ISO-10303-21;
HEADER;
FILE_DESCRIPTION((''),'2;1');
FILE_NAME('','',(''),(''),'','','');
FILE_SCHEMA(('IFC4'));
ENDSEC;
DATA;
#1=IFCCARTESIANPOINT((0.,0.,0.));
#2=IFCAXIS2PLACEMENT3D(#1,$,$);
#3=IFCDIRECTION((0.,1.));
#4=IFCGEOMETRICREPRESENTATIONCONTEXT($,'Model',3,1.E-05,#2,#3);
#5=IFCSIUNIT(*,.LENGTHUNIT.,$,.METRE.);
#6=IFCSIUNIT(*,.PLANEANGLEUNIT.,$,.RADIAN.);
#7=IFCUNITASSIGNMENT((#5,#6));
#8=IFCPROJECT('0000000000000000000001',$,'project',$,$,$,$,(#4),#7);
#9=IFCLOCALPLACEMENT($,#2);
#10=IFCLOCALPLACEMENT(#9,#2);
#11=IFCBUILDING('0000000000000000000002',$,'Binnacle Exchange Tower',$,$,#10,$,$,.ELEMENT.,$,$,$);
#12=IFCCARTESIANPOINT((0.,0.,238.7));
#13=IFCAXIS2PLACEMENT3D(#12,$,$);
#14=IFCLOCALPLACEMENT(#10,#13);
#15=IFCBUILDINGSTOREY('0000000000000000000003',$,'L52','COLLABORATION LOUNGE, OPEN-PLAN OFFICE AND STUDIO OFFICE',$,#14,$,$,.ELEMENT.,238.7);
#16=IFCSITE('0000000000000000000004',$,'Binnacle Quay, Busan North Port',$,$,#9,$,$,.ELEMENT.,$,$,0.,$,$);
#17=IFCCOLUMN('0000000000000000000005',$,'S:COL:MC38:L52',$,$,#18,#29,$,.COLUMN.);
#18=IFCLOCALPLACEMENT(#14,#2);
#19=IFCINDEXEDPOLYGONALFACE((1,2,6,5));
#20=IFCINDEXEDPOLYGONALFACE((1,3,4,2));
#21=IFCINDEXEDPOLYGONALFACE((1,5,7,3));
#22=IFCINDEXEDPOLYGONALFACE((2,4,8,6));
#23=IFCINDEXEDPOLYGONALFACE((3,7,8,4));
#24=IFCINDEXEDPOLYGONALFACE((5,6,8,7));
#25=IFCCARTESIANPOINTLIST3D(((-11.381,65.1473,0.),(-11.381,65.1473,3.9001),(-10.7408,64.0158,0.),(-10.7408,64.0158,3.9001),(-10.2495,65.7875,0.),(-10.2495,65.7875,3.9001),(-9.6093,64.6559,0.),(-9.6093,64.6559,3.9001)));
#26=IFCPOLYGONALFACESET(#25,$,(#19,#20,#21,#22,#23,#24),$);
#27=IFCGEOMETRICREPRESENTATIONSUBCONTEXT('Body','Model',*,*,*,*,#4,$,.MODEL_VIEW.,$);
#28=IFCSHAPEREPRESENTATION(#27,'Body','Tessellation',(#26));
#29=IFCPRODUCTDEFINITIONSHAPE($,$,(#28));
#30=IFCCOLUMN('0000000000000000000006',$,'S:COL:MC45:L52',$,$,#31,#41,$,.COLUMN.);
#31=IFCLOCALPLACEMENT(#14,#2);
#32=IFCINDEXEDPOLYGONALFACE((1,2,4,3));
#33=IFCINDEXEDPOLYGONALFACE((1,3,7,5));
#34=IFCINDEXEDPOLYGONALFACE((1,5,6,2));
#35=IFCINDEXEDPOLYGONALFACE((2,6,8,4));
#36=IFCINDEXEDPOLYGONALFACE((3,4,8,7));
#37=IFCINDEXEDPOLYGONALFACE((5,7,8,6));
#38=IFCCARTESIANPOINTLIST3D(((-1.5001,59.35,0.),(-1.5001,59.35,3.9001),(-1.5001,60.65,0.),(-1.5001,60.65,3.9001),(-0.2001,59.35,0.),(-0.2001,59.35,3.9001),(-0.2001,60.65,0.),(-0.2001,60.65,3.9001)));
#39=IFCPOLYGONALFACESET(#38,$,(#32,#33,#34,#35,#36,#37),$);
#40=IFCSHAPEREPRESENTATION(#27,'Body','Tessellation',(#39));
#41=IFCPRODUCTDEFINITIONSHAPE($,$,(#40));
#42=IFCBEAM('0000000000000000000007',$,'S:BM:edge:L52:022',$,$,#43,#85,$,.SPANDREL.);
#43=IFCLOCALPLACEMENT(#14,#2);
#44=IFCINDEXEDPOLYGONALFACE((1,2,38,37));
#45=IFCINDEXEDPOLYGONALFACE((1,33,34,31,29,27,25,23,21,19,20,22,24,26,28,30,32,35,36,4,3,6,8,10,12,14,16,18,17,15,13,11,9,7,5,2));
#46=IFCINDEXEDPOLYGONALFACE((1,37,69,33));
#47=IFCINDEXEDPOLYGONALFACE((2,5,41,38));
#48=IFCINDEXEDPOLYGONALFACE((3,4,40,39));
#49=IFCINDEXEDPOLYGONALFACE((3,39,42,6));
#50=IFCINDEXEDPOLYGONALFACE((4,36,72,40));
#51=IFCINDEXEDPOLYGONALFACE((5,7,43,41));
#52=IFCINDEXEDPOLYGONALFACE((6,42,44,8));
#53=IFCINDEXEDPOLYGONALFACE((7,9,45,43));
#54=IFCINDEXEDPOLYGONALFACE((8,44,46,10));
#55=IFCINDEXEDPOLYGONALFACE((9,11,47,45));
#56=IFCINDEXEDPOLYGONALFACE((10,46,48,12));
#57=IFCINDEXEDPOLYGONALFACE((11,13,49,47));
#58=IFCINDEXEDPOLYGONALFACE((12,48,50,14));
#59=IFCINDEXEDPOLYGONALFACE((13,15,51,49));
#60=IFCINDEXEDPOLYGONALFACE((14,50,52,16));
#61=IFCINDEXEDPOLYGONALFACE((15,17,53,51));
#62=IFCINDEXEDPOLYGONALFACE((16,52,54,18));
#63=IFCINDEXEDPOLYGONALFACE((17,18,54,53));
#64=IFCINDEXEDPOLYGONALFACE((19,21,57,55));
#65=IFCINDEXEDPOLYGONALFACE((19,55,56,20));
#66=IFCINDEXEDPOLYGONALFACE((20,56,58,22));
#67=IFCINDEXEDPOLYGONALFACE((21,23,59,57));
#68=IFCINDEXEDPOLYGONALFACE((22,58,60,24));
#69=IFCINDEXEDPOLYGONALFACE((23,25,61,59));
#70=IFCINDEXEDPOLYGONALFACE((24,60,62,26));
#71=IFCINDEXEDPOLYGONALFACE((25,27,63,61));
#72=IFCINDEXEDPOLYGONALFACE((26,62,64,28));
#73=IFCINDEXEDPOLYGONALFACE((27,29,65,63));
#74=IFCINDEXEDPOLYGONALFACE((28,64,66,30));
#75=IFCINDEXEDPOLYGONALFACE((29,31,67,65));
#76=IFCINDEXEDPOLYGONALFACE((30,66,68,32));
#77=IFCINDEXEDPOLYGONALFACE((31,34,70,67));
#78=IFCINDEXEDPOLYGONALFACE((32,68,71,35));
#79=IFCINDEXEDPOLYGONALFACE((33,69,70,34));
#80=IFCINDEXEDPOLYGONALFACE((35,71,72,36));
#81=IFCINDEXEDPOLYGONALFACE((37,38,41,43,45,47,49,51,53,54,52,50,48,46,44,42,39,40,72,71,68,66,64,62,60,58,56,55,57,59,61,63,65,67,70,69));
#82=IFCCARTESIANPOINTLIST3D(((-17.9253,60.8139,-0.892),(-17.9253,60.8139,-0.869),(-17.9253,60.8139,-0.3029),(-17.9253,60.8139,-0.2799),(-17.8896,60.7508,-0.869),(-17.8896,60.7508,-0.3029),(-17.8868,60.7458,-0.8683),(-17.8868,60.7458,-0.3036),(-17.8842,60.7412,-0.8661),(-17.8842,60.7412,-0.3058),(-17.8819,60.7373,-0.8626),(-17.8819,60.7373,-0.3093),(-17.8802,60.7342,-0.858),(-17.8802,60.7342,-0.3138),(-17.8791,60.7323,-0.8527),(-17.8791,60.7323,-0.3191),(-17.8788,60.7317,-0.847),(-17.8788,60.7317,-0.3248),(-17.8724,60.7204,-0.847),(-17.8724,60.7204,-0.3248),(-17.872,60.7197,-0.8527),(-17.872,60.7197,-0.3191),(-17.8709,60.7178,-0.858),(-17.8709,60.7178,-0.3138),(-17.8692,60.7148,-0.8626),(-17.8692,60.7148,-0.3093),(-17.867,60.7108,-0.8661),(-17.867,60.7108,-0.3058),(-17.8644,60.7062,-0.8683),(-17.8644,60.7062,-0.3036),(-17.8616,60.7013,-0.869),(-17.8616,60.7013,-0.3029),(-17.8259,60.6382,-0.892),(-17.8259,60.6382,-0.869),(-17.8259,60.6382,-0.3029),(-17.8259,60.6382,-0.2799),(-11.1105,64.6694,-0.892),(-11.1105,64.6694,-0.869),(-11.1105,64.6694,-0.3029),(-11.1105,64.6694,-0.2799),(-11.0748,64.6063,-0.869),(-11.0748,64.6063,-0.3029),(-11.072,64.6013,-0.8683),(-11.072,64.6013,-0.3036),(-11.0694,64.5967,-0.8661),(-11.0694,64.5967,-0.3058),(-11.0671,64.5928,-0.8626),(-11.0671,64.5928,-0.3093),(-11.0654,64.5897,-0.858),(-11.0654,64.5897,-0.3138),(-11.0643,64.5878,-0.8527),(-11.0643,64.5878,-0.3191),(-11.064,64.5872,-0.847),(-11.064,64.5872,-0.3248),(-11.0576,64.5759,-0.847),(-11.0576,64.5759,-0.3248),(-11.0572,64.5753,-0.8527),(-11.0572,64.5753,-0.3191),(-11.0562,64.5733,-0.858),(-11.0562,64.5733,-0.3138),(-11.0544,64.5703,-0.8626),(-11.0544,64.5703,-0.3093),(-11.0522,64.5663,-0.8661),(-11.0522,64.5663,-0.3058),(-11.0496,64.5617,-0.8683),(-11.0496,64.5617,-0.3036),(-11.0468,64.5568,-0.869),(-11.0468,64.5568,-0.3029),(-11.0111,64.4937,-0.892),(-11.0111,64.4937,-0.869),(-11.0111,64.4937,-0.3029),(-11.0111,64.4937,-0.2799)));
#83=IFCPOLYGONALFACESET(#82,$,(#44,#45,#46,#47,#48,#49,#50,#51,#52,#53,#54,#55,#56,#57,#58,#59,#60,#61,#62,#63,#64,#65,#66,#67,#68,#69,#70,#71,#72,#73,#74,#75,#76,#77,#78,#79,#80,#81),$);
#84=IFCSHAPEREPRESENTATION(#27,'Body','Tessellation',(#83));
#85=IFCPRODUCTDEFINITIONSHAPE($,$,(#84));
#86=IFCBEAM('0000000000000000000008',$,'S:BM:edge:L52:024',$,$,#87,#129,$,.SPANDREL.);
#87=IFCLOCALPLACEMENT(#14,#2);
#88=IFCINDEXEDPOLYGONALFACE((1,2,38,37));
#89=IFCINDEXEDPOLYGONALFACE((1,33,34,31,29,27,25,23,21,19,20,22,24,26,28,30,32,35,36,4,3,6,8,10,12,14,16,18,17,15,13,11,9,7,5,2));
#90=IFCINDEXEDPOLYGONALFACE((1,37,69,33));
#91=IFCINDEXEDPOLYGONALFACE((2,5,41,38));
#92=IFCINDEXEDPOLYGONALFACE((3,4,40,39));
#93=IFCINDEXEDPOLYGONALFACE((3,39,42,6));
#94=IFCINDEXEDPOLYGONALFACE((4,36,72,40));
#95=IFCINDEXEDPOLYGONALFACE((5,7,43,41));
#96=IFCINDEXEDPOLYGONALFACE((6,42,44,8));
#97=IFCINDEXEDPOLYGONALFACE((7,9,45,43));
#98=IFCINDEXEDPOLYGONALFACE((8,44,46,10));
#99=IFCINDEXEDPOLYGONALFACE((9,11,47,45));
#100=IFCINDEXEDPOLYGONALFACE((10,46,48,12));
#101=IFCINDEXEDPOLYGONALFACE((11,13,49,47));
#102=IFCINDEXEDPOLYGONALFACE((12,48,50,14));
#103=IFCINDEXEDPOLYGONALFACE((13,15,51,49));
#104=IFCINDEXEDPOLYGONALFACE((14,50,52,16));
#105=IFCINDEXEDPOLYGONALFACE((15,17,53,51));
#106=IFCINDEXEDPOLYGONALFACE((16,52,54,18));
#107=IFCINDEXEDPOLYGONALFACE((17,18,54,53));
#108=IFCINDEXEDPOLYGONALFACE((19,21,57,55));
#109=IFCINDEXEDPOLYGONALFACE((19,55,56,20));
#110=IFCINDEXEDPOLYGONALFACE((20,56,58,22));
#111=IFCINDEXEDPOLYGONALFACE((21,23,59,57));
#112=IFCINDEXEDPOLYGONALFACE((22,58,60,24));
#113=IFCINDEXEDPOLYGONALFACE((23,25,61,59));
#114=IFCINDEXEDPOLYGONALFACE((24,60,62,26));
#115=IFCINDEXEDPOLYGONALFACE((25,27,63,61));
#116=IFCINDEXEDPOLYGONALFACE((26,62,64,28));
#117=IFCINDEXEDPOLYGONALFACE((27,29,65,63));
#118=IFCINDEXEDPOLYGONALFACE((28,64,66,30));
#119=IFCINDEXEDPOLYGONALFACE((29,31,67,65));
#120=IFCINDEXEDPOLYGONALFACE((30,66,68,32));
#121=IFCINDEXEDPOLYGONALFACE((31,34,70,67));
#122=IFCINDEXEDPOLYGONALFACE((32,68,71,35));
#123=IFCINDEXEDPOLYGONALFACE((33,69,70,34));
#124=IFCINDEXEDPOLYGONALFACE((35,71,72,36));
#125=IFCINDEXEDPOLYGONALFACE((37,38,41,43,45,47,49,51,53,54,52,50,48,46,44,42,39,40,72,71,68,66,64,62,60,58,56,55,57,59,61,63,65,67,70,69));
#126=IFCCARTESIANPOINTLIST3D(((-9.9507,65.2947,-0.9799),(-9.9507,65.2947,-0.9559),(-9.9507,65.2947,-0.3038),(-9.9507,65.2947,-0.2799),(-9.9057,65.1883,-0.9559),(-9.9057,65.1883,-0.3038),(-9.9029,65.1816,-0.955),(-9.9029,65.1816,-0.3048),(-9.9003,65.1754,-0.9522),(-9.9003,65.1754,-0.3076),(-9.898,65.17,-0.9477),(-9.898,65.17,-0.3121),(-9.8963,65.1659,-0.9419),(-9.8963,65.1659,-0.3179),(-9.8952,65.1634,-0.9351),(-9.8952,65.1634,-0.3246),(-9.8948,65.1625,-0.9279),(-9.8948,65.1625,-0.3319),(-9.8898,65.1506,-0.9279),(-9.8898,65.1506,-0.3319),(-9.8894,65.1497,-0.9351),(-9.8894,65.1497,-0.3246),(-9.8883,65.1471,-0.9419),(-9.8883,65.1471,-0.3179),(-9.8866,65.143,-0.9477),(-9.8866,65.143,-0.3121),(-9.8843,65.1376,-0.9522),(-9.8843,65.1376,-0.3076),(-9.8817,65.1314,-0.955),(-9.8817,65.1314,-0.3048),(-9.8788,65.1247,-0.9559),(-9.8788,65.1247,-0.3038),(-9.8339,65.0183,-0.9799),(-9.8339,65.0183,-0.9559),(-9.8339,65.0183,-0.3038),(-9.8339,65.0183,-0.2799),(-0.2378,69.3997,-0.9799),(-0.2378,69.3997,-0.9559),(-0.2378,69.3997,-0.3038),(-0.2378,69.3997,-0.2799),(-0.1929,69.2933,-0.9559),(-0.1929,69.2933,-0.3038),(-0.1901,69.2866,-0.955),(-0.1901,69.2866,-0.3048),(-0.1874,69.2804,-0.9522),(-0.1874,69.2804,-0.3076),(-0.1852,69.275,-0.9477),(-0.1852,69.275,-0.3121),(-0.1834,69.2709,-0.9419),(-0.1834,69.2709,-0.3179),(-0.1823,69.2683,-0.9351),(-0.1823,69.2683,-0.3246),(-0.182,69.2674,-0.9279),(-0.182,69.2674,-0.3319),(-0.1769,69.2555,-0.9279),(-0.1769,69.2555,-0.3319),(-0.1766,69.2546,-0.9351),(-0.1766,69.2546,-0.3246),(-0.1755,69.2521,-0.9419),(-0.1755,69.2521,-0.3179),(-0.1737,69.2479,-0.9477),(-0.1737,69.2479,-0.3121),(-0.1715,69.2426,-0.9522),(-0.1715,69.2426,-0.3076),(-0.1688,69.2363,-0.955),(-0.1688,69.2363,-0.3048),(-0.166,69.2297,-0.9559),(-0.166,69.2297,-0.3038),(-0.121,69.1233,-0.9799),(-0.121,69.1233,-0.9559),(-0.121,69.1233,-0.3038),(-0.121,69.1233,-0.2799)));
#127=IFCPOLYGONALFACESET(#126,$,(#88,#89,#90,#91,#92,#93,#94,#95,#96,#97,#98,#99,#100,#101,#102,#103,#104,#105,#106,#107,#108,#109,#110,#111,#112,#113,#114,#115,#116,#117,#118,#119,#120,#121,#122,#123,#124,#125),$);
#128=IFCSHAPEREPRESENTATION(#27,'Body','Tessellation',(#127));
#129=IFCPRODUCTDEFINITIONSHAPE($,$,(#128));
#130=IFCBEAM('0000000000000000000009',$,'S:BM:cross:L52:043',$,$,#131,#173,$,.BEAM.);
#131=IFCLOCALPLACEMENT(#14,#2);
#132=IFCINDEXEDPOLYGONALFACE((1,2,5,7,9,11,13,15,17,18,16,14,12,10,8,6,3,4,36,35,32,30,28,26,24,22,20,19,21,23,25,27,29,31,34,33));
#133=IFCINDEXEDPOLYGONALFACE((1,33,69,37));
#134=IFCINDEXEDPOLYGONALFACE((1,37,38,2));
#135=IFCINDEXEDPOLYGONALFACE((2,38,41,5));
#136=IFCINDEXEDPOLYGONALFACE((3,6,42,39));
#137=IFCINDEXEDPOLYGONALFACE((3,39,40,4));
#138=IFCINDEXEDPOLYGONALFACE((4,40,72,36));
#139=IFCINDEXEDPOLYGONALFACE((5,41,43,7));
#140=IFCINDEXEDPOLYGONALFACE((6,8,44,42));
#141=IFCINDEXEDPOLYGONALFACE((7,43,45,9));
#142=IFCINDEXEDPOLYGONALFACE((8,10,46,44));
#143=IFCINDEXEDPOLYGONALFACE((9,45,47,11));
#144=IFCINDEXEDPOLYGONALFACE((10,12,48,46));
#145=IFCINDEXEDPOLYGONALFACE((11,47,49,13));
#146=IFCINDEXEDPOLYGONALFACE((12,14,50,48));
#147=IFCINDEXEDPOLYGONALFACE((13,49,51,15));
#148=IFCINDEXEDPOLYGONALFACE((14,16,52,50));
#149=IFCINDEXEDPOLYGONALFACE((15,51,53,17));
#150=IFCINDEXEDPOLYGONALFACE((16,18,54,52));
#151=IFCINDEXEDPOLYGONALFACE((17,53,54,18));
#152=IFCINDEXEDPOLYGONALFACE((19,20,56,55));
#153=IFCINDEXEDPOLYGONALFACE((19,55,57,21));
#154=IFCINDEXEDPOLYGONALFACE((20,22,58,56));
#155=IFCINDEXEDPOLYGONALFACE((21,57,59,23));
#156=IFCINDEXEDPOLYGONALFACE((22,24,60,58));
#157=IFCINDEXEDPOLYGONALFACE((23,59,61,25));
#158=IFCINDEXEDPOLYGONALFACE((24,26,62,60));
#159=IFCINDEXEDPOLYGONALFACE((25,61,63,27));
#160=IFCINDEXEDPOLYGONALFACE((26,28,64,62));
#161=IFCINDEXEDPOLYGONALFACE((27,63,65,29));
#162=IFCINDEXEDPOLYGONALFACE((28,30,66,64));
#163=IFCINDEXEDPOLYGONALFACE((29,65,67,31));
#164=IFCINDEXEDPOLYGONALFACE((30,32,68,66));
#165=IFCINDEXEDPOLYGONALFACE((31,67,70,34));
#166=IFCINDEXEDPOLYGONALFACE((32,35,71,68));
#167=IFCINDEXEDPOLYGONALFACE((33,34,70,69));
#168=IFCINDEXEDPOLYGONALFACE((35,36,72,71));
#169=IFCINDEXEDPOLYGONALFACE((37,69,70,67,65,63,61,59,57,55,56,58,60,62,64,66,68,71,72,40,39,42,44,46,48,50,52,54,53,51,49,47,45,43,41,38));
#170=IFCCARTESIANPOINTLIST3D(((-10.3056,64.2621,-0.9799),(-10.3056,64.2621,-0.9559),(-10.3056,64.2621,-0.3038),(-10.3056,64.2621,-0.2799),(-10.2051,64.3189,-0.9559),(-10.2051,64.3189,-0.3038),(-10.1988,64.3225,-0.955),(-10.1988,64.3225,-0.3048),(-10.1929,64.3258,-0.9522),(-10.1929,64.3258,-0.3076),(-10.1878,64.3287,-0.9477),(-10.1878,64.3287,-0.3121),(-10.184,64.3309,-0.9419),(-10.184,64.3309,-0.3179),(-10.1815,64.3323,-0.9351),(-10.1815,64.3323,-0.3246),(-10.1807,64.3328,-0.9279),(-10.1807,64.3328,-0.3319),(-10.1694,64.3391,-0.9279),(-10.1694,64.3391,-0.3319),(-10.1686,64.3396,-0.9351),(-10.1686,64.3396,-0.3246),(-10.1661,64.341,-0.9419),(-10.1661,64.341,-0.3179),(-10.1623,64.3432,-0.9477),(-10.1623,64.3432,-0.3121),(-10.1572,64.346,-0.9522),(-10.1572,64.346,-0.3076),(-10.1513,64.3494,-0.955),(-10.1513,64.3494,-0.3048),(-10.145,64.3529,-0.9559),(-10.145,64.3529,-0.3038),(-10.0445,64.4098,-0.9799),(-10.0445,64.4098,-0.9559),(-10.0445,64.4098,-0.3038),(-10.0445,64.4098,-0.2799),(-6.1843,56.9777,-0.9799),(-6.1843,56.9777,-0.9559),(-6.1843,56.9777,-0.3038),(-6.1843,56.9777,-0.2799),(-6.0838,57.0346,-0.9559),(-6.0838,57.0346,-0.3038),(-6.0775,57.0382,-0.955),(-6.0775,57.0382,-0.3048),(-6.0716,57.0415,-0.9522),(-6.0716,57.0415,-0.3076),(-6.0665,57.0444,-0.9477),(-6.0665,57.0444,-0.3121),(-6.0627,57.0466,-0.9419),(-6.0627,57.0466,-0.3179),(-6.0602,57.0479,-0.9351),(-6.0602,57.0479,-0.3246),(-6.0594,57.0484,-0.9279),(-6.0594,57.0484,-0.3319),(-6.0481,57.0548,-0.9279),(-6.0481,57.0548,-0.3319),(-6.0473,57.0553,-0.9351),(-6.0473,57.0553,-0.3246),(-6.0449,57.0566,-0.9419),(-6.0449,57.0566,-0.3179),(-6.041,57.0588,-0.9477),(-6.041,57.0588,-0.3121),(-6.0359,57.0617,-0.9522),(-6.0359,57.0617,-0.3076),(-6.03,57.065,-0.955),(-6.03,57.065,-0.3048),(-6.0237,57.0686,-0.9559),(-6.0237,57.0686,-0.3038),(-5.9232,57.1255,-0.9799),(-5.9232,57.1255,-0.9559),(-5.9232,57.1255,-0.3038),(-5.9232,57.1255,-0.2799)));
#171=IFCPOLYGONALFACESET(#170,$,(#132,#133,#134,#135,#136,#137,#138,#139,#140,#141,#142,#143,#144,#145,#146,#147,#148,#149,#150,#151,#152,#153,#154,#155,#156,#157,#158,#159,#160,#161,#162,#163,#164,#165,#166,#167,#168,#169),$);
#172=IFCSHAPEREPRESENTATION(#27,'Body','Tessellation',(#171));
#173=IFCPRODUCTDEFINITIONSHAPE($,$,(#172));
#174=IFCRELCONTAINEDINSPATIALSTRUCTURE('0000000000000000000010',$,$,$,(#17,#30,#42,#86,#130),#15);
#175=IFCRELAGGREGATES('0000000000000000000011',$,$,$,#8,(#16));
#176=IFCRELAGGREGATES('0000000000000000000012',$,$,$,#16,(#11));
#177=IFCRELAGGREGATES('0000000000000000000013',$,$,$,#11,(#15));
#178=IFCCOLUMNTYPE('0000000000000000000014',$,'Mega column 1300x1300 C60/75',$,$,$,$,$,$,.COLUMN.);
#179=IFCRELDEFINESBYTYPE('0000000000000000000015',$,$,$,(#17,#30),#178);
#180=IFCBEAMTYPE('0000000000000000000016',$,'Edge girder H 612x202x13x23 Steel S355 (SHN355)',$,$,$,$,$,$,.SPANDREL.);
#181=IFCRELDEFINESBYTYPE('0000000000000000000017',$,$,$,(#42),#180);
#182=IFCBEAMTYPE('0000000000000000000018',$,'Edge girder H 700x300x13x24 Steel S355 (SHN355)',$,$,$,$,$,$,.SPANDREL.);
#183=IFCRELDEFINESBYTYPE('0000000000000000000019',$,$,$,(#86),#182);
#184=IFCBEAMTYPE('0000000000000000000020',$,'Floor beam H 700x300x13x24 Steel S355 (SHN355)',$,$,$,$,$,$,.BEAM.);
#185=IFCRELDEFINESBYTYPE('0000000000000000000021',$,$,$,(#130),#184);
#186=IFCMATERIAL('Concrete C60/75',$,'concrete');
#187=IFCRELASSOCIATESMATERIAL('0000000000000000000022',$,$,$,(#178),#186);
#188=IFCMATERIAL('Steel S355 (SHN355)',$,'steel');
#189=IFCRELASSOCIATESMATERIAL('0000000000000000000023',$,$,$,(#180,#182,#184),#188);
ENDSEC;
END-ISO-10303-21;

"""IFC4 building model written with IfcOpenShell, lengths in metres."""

from ifc_helpers import new_model, si_unit, direction, frame, origin, origin_2d, place, context, subcontext, project, spatial, rectangle, i_section, extrude, material, material_profile, profile_set, type_object, element, save


model = new_model("IFC4")

# Units and contexts
model_context = context("Model", 3, precision=1e-05, world=origin(), true_north=direction((0.0, 1.0)))
body_context = subcontext(model_context, "Body", "Model", "MODEL_VIEW")
ifc_project = project(units=[si_unit("LENGTHUNIT", "METRE"), si_unit("PLANEANGLEUNIT", "RADIAN")], contexts=[model_context])

# Site, building, storey
site_placement = place(None, origin())
site = spatial("IfcSite", under=ifc_project, at=site_placement, Name="Binnacle Quay, Busan North Port", CompositionType="ELEMENT", RefElevation=0.0)
building_placement = place(site_placement, origin())
building = spatial("IfcBuilding", under=site, at=building_placement, Name="Binnacle Exchange Tower", CompositionType="ELEMENT")
storey_placement = place(building_placement, frame((0.0, 0.0, 238.7)))
storey = spatial("IfcBuildingStorey", under=building, at=storey_placement, Name="L52", Description="COLLABORATION LOUNGE, OPEN-PLAN OFFICE AND STUDIO OFFICE", CompositionType="ELEMENT", Elevation=238.7)

# Columns
ifc_material_1 = material(Name="Concrete C60/75", Category="concrete")
ifc_material_profile_1 = material_profile(ifc_material_1, rectangle(XDim=1.3, YDim=1.3, at=origin_2d()), Name="Mega column 1300x1300 C60/75")
ifc_profile_set_1 = profile_set([ifc_material_profile_1], Name="Concrete C60/75")
column_type = type_object("IfcColumnType", Name="Mega column 1300x1300 C60/75", PredefinedType="COLUMN", material=ifc_profile_set_1)
for number, where, z_axis, x_axis, name in (
    (1, (-10.4951, 64.9016, 0.0), (0.0, 0.0, 1.0), (-0.870356, -0.492424, 0.0), "S:COL:MC38:L52"),
    (2, (-0.8501, 60.0, 0.0), (0.0, 0.0, 1.0), (0.0, 1.0, 0.0), "S:COL:MC45:L52"),
):
    element("IfcColumn", number, at=place(storey_placement, frame(where, z_axis=z_axis, x_axis=x_axis)), inside=storey, type_object=column_type, Name=name, PredefinedType="COLUMN", context=body_context, shape_type="SweptSolid", body=[
        extrude(rectangle(XDim=1.3, YDim=1.3, at=origin_2d()), origin(), (0.0, 0.0, 1.0), 3.9001),
    ])

# Beams
ifc_material_2 = material(Name="Steel S355 (SHN355)", Category="steel")
ifc_material_profile_2 = material_profile(ifc_material_2, i_section(OverallWidth=0.2019, OverallDepth=0.6121, WebThickness=0.0129, FlangeThickness=0.0229, FilletRadius=0.022, at=origin_2d()), Name="H 612x202x13x23")
ifc_profile_set_2 = profile_set([ifc_material_profile_2], Name="Steel S355 (SHN355)")
beam_type_1 = type_object("IfcBeamType", Name="Edge girder H 612x202x13x23 Steel S355 (SHN355)", PredefinedType="SPANDREL", material=ifc_profile_set_2)
beam_1_placement = place(storey_placement, frame((-11.0608, 64.5815, -0.5859), z_axis=(-0.870361, -0.492414, 0.0), x_axis=(0.492414, -0.870361, 0.0)))
element("IfcBeam", 3, at=beam_1_placement, inside=storey, type_object=beam_type_1, Name="S:BM:edge:L52:022", PredefinedType="SPANDREL", context=body_context, shape_type="SweptSolid", body=[
    extrude(i_section(OverallWidth=0.2019, OverallDepth=0.6121, WebThickness=0.0129, FlangeThickness=0.0229, FilletRadius=0.022, at=origin_2d()), origin(), (0.0, 0.0, 1.0), 7.8298),
])
ifc_material_profile_3 = material_profile(ifc_material_2, i_section(OverallWidth=0.3, OverallDepth=0.7, WebThickness=0.0129, FlangeThickness=0.0239, FilletRadius=0.0281, at=origin_2d()), Name="H 700x300x13x24")
ifc_profile_set_3 = profile_set([ifc_material_profile_3], Name="Steel S355 (SHN355)")
beam_type_2 = type_object("IfcBeamType", Name="Edge girder H 700x300x13x24 Steel S355 (SHN355)", PredefinedType="SPANDREL", material=ifc_profile_set_3)
beam_2_placement = place(storey_placement, frame((-0.1794, 69.2615, -0.6299), z_axis=(-0.921114, -0.389293, 0.0), x_axis=(0.389293, -0.921114, 0.0)))
element("IfcBeam", 4, at=beam_2_placement, inside=storey, type_object=beam_type_2, Name="S:BM:edge:L52:024", PredefinedType="SPANDREL", context=body_context, shape_type="SweptSolid", body=[
    extrude(i_section(OverallWidth=0.3, OverallDepth=0.7, WebThickness=0.0129, FlangeThickness=0.0239, FilletRadius=0.0281, at=origin_2d()), origin(), (0.0, 0.0, 1.0), 10.5447),
])
ifc_material_profile_4 = material_profile(ifc_material_2, i_section(OverallWidth=0.3, OverallDepth=0.7, WebThickness=0.0129, FlangeThickness=0.0239, FilletRadius=0.0281, at=origin_2d()), Name="H 700x300x13x24")
ifc_profile_set_4 = profile_set([ifc_material_profile_4], Name="Steel S355 (SHN355)")
beam_type_3 = type_object("IfcBeamType", Name="Floor beam H 700x300x13x24 Steel S355 (SHN355)", PredefinedType="BEAM", material=ifc_profile_set_4)
beam_3_placement = place(storey_placement, frame((-10.175, 64.3359, -0.6299), z_axis=(0.492424, -0.870355, 0.0), x_axis=(0.870355, 0.492424, 0.0)))
element("IfcBeam", 5, at=beam_3_placement, inside=storey, type_object=beam_type_3, Name="S:BM:cross:L52:043", PredefinedType="BEAM", context=body_context, shape_type="SweptSolid", body=[
    extrude(i_section(OverallWidth=0.3, OverallDepth=0.7, WebThickness=0.0129, FlangeThickness=0.0239, FilletRadius=0.0281, at=origin_2d()), origin(), (0.0, 0.0, 1.0), 8.3694),
])

save(model, "model.ifc")
